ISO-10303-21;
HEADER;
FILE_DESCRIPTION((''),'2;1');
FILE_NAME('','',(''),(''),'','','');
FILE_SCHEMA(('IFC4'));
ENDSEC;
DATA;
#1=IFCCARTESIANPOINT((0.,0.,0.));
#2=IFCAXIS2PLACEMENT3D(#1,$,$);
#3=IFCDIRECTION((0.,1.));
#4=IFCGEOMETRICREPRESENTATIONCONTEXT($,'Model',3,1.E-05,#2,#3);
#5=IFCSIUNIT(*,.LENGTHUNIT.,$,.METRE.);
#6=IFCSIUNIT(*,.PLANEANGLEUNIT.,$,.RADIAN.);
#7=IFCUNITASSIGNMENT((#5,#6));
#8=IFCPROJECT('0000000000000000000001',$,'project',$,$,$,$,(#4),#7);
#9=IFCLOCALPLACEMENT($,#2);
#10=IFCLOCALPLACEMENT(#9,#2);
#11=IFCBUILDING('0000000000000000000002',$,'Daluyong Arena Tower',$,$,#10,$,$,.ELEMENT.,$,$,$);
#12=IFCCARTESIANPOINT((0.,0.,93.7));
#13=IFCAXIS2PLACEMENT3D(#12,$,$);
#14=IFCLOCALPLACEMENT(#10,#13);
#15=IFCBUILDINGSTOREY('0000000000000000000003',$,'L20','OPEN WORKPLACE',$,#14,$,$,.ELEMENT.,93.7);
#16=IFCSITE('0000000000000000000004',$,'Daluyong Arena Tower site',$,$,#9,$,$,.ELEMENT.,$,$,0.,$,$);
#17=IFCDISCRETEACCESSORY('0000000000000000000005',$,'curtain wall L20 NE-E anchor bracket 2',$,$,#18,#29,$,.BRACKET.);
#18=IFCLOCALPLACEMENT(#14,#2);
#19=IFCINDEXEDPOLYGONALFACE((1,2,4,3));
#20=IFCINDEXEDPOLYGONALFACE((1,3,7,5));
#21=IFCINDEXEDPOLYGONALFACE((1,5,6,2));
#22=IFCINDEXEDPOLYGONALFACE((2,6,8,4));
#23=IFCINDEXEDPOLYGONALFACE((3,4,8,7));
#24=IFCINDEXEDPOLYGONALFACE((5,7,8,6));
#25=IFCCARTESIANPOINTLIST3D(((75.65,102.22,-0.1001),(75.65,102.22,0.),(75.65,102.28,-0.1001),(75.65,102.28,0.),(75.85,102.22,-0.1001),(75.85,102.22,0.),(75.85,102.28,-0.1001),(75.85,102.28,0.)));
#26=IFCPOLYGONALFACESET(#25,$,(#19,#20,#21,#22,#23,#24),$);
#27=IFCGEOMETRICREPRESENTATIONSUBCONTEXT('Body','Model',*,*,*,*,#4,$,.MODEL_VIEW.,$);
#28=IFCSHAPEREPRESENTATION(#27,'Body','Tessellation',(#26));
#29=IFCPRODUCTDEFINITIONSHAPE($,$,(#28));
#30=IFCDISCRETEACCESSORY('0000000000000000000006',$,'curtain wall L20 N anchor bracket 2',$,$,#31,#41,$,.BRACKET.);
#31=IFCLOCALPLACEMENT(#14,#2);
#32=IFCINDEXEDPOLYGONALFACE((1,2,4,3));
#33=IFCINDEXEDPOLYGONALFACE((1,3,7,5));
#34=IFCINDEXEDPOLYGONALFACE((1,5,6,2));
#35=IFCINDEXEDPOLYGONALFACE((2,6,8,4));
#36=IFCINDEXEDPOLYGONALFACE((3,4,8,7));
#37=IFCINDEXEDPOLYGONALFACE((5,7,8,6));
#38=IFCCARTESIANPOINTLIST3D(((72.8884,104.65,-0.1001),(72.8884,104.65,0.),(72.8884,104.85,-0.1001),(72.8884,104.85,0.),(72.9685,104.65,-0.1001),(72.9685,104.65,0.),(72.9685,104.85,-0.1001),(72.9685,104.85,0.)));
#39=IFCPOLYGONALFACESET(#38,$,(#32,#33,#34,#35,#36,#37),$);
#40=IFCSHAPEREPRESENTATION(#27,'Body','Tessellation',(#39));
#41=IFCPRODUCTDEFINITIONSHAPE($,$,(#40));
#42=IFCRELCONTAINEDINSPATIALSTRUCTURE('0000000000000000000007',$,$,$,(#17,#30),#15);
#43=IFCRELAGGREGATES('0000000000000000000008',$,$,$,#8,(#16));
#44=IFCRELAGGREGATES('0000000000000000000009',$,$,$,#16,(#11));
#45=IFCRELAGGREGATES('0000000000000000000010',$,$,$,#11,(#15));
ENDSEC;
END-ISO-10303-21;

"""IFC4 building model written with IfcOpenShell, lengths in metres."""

from ifc_helpers import new_model, si_unit, direction, frame, origin, origin_2d, place, context, subcontext, project, spatial, rectangle, extrude, element, save


model = new_model("IFC4")

# Units and contexts
model_context = context("Model", 3, precision=1e-05, world=origin(), true_north=direction((0.0, 1.0)))
body_context = subcontext(model_context, "Body", "Model", "MODEL_VIEW")
ifc_project = project(units=[si_unit("LENGTHUNIT", "METRE"), si_unit("PLANEANGLEUNIT", "RADIAN")], contexts=[model_context])

# Site, building, storey
site_placement = place(None, origin())
site = spatial("IfcSite", under=ifc_project, at=site_placement, Name="Daluyong Arena Tower site", CompositionType="ELEMENT", RefElevation=0.0)
building_placement = place(site_placement, origin())
building = spatial("IfcBuilding", under=site, at=building_placement, Name="Daluyong Arena Tower", CompositionType="ELEMENT")
storey_placement = place(building_placement, frame((0.0, 0.0, 93.7)))
storey = spatial("IfcBuildingStorey", under=building, at=storey_placement, Name="L20", Description="OPEN WORKPLACE", CompositionType="ELEMENT", Elevation=93.7)

# Discrete accessories
for number, where, z_axis, x_axis, name in (
    (1, (75.75, 102.25, -0.1001), (0.0, 0.0, 1.0), (0.0, 1.0, 0.0), "curtain wall L20 NE-E anchor bracket 2"),
):
    element("IfcDiscreteAccessory", number, at=place(storey_placement, frame(where, z_axis=z_axis, x_axis=x_axis)), inside=storey, Name=name, PredefinedType="BRACKET", context=body_context, shape_type="SweptSolid", body=[
        extrude(rectangle(XDim=0.0601, YDim=0.2, at=origin_2d()), origin(), (0.0, 0.0, 1.0), 0.1001),
    ])
discrete_accessory_placement = place(storey_placement, frame((72.9285, 104.75, -0.1001), z_axis=(0.0, 0.0, 1.0), x_axis=(-1.0, 0.0, 0.0)))
element("IfcDiscreteAccessory", 2, at=discrete_accessory_placement, inside=storey, Name="curtain wall L20 N anchor bracket 2", PredefinedType="BRACKET", context=body_context, shape_type="SweptSolid", body=[
    extrude(rectangle(XDim=0.0801, YDim=0.2, at=origin_2d()), origin(), (0.0, 0.0, 1.0), 0.1001),
])

save(model, "model.ifc")
